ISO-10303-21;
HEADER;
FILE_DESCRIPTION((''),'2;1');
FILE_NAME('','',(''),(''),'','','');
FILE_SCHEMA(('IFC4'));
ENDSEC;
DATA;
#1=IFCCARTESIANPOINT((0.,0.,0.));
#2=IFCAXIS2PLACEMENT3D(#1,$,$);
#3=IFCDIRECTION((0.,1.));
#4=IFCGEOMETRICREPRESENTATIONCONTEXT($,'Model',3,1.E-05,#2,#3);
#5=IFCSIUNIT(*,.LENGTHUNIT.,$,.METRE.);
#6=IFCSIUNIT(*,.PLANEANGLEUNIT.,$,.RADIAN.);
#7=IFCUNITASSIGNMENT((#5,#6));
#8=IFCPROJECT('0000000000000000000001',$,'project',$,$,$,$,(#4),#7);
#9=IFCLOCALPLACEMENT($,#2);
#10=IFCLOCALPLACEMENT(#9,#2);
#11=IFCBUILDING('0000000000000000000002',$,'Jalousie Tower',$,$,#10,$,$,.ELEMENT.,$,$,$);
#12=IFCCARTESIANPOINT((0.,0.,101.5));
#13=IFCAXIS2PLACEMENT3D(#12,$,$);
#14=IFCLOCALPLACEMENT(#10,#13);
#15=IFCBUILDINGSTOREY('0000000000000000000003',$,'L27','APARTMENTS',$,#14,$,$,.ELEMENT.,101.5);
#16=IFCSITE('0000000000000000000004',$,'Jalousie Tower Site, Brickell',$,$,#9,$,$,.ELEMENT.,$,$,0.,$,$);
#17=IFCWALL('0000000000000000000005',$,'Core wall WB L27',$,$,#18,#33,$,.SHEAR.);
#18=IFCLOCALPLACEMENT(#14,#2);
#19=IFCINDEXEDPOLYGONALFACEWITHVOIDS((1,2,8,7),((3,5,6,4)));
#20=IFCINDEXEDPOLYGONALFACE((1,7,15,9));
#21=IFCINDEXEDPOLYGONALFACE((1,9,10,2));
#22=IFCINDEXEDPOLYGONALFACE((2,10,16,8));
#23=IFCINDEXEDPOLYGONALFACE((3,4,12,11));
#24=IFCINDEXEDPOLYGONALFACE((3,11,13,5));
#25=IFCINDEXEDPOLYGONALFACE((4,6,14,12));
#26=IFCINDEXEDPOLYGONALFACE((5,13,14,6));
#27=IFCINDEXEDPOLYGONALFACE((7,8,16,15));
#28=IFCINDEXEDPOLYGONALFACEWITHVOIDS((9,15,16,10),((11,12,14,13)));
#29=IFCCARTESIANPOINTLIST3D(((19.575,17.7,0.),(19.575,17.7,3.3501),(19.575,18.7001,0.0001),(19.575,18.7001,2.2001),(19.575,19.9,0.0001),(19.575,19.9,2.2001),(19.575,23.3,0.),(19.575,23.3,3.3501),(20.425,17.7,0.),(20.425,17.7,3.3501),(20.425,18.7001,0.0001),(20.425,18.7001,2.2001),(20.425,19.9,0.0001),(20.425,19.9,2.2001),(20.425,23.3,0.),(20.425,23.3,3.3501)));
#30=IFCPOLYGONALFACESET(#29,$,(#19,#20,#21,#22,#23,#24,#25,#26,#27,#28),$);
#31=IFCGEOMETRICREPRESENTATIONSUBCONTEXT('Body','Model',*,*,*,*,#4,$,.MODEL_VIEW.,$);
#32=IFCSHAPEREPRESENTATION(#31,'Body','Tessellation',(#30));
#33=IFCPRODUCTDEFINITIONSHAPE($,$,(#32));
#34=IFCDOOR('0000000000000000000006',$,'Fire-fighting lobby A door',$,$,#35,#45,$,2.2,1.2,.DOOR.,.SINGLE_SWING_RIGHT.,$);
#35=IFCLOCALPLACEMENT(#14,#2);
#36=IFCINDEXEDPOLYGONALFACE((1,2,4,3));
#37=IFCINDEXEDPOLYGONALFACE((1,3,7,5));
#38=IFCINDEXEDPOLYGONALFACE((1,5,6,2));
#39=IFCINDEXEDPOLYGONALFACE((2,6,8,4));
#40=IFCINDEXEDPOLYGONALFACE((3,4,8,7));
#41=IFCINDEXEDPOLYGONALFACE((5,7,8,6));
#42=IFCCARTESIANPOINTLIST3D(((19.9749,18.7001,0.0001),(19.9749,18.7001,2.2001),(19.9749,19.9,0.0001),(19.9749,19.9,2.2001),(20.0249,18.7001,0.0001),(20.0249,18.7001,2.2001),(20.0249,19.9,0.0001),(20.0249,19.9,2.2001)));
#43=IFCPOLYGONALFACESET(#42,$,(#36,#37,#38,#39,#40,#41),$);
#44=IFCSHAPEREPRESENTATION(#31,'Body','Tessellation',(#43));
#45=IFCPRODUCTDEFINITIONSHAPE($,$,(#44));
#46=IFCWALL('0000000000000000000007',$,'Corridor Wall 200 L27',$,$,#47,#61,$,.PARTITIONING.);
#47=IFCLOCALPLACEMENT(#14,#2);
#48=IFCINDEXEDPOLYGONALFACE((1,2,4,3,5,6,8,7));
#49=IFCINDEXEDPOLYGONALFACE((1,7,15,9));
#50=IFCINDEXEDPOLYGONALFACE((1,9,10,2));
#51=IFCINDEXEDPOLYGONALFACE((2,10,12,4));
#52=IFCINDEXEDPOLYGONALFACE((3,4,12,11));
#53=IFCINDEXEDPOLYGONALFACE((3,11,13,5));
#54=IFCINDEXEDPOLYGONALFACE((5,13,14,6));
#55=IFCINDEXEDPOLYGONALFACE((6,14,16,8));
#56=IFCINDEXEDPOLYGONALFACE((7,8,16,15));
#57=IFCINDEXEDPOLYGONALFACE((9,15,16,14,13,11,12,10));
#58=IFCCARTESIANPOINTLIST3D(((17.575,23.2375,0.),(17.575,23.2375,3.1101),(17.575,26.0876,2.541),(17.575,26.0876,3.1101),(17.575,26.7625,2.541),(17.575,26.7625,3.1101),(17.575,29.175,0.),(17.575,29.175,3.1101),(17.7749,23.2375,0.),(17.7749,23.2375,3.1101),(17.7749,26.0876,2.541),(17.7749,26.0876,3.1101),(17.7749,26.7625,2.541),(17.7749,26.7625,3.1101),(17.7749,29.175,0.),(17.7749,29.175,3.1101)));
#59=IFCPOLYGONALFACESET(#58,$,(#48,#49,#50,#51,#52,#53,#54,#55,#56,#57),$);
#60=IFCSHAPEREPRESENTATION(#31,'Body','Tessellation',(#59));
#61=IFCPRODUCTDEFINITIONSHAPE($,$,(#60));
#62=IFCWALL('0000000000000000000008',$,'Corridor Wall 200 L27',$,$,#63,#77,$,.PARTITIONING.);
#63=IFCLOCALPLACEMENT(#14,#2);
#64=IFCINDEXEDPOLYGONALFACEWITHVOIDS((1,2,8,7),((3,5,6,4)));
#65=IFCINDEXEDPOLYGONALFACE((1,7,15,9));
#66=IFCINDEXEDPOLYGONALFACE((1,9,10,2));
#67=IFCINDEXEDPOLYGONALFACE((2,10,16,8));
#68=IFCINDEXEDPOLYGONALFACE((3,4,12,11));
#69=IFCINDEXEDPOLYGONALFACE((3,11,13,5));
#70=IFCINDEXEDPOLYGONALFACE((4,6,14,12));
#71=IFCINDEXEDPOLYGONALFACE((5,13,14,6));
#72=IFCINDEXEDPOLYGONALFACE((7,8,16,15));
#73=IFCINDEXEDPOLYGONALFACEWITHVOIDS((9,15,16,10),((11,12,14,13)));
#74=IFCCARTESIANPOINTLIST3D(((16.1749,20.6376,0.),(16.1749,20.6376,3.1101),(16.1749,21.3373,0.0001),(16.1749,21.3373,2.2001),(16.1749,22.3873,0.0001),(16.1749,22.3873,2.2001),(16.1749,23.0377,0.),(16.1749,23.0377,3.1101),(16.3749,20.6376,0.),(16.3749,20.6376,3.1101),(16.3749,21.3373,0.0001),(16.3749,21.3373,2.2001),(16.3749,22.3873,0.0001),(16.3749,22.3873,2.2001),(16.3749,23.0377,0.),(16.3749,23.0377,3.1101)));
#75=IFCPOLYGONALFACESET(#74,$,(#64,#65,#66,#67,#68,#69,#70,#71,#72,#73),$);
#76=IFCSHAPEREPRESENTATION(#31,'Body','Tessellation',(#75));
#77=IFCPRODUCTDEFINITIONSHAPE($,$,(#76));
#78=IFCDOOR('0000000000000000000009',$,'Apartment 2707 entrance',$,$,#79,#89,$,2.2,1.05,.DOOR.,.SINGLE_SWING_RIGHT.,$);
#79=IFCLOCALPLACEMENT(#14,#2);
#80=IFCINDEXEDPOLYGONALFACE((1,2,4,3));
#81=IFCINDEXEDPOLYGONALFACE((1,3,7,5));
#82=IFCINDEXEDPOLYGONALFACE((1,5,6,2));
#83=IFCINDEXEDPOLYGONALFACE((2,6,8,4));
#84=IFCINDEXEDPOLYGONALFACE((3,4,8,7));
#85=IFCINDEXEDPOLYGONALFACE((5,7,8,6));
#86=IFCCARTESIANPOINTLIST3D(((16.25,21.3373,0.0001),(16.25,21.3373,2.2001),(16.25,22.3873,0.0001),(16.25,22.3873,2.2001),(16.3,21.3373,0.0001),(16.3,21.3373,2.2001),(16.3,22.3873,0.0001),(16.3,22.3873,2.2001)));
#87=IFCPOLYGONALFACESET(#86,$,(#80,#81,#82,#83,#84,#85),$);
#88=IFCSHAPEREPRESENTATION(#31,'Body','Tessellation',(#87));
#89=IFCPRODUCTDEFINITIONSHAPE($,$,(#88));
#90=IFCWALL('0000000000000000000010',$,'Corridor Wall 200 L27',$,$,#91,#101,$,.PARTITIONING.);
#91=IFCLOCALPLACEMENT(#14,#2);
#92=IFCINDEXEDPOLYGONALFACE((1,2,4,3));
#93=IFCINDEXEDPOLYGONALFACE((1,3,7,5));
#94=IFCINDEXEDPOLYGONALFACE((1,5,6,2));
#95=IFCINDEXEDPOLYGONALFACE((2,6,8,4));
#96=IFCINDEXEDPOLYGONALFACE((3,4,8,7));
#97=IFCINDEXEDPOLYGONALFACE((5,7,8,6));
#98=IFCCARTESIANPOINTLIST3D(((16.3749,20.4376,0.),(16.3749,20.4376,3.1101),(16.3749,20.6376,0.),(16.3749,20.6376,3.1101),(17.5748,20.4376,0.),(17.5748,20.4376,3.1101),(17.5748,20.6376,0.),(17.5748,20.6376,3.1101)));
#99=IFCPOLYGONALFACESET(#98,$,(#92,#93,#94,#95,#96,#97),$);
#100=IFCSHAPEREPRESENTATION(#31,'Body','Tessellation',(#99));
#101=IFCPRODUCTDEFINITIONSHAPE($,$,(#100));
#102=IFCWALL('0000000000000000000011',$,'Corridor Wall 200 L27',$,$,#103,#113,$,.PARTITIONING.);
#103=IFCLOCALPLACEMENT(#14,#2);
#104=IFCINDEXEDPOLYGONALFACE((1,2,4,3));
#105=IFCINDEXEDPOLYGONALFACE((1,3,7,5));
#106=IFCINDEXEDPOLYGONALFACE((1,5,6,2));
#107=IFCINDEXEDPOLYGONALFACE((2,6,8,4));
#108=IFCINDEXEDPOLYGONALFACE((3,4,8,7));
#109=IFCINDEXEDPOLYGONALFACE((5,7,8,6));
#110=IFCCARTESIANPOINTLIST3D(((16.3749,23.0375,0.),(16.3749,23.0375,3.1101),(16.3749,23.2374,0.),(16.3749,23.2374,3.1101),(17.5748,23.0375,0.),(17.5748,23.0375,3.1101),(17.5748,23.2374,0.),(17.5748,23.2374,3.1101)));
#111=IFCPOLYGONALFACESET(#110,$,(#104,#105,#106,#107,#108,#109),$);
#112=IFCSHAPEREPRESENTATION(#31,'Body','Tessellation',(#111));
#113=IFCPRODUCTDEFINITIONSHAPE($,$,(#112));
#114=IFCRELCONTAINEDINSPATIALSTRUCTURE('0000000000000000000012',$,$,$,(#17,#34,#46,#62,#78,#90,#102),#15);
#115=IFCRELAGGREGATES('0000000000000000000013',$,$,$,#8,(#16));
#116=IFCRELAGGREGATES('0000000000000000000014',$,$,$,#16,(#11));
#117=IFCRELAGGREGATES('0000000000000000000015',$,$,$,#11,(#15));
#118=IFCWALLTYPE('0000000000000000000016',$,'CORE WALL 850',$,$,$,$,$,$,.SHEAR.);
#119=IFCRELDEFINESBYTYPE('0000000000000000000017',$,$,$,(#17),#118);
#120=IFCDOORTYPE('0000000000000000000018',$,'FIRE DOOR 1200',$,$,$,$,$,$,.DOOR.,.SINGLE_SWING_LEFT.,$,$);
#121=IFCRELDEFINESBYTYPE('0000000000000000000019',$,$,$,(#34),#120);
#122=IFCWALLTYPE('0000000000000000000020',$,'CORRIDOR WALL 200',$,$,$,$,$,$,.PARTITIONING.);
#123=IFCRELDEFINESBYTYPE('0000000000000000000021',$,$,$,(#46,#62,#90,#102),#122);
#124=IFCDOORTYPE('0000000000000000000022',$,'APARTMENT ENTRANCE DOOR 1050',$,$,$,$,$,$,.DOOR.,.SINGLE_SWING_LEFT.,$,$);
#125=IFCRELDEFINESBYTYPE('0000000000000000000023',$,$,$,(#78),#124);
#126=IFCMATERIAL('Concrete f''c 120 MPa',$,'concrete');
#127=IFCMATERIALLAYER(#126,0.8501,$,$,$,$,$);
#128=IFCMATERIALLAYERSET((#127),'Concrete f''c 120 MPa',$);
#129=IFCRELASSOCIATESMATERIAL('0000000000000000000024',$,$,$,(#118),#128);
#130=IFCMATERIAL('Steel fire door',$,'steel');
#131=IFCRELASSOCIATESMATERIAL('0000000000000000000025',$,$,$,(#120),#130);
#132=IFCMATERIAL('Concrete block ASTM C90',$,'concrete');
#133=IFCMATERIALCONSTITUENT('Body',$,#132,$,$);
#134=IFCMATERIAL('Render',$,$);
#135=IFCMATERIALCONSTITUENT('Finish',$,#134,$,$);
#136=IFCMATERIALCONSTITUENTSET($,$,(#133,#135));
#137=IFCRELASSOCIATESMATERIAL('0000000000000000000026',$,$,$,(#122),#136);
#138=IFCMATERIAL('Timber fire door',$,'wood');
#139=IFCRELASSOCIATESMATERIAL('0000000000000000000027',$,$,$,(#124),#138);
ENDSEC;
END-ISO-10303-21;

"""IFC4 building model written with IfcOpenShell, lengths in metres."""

from ifc_helpers import new_model, si_unit, direction, frame, frame_2d, origin, place, context, subcontext, project, spatial, polyline, rectangle, outline, extrude, material, layer, layer_set, constituent, constituent_set, type_object, element, fill, save


model = new_model("IFC4")

# Units and contexts
model_context = context("Model", 3, precision=1e-05, world=origin(), true_north=direction((0.0, 1.0)))
body_context = subcontext(model_context, "Body", "Model", "MODEL_VIEW")
ifc_project = project(units=[si_unit("LENGTHUNIT", "METRE"), si_unit("PLANEANGLEUNIT", "RADIAN")], contexts=[model_context])

# Site, building, storey
site_placement = place(None, origin())
site = spatial("IfcSite", under=ifc_project, at=site_placement, Name="Jalousie Tower Site, Brickell", CompositionType="ELEMENT", RefElevation=0.0)
building_placement = place(site_placement, origin())
building = spatial("IfcBuilding", under=site, at=building_placement, Name="Jalousie Tower", CompositionType="ELEMENT")
storey_placement = place(building_placement, frame((0.0, 0.0, 101.5)))
storey = spatial("IfcBuildingStorey", under=building, at=storey_placement, Name="L27", Description="APARTMENTS", CompositionType="ELEMENT", Elevation=101.5)

# Wall, opening, door
ifc_material_1 = material(Name="Concrete f'c 120 MPa", Category="concrete")
ifc_layer_1 = layer(ifc_material_1, 0.8501)
ifc_layer_set_1 = layer_set([ifc_layer_1], Name="Concrete f'c 120 MPa")
wall_type_1 = type_object("IfcWallType", Name="CORE WALL 850", PredefinedType="SHEAR", material=ifc_layer_set_1)
wall_1_placement = place(storey_placement, frame((20.0, 23.3, 0.0), z_axis=(0.0, 0.0, 1.0), x_axis=(0.0, -1.0, 0.0)))
wall_1 = element("IfcWall", 1, at=wall_1_placement, inside=storey, type_object=wall_type_1, Name="Core wall WB L27", PredefinedType="SHEAR", context=body_context, shape_type="SweptSolid", body=[
    extrude(rectangle(XDim=5.6001, YDim=0.8501, at=frame_2d((2.8, 0.0))), origin(), (0.0, 0.0, 1.0), 3.3501),
])
opening_1_placement = place(wall_1_placement, frame((3.3999, 0.0, 0.0)))
opening_1 = element("IfcOpeningElement", 2, at=opening_1_placement, cuts=wall_1, PredefinedType="OPENING", context=body_context, shape_type="SweptSolid", body=[
    extrude(rectangle(XDim=1.2, YDim=2.2, at=frame_2d((0.6001, 1.1001))), frame((0.0, 0.4351, 0.0), z_axis=(0.0, -1.0, 0.0), x_axis=(1.0, 0.0, 0.0)), (0.0, 0.0, 1.0), 0.8701),
])
ifc_material_2 = material(Name="Steel fire door", Category="steel")
door_type_1 = type_object("IfcDoorType", Name="FIRE DOOR 1200", OperationType="SINGLE_SWING_LEFT", PredefinedType="DOOR", material=ifc_material_2)
door_1_placement = place(opening_1_placement, origin())
door_1 = element("IfcDoor", 3, at=door_1_placement, inside=storey, type_object=door_type_1, Name="Fire-fighting lobby A door", OperationType="SINGLE_SWING_RIGHT", OverallHeight=2.2, OverallWidth=1.2, PredefinedType="DOOR", context=body_context, shape_type="SweptSolid", body=[
    extrude(rectangle(XDim=1.2, YDim=2.2, at=frame_2d((0.6001, 1.1001))), frame((0.0, 0.0249, 0.0), z_axis=(0.0, -1.0, 0.0), x_axis=(1.0, 0.0, 0.0)), (0.0, 0.0, 1.0), 0.05),
])
fill(opening_1, door_1)

# Wall
ifc_material_3 = material(Name="Concrete block ASTM C90", Category="concrete")
ifc_constituent_1 = constituent(ifc_material_3, Name="Body")
ifc_material_4 = material(Name="Render")
ifc_constituent_2 = constituent(ifc_material_4, Name="Finish")
ifc_constituent_set = constituent_set(constituents=[ifc_constituent_1, ifc_constituent_2])
wall_type_2 = type_object("IfcWallType", Name="CORRIDOR WALL 200", PredefinedType="PARTITIONING", material=ifc_constituent_set)
wall_2_placement = place(storey_placement, frame((17.675, 23.2375, 0.0), z_axis=(0.0, 0.0, 1.0), x_axis=(0.0, 1.0, 0.0)))
element("IfcWall", 4, at=wall_2_placement, inside=storey, type_object=wall_type_2, Name="Corridor Wall 200 L27", PredefinedType="PARTITIONING", context=body_context, shape_type="SweptSolid", body=[
    extrude(outline(polyline([(0.0, 0.0), (5.9375, 0.0), (5.9375, 3.1101), (3.5249, 3.1101), (3.5249, 2.541), (2.8501, 2.541), (2.8501, 3.1101), (0.0, 3.1101), (0.0, 0.0)])), frame((0.0, 0.1001, 0.0), z_axis=(0.0, -1.0, 0.0), x_axis=(1.0, 0.0, 0.0)), (0.0, 0.0, 1.0), 0.2),
])

# Wall, opening, door
wall_3_placement = place(storey_placement, frame((16.2749, 20.6375, 0.0), z_axis=(0.0, 0.0, 1.0), x_axis=(0.0, 1.0, 0.0)))
wall_3 = element("IfcWall", 5, at=wall_3_placement, inside=storey, type_object=wall_type_2, Name="Corridor Wall 200 L27", PredefinedType="PARTITIONING", context=body_context, shape_type="SweptSolid", body=[
    extrude(rectangle(XDim=2.4001, YDim=0.2, at=frame_2d((1.2002, 0.0))), origin(), (0.0, 0.0, 1.0), 3.1101),
])
opening_2_placement = place(wall_3_placement, frame((0.7, 0.0, 0.0)))
opening_2 = element("IfcOpeningElement", 6, at=opening_2_placement, cuts=wall_3, PredefinedType="OPENING", context=body_context, shape_type="SweptSolid", body=[
    extrude(rectangle(XDim=1.05, YDim=2.2, at=frame_2d((0.5249, 1.1001))), frame((0.0, 0.1099, 0.0), z_axis=(0.0, -1.0, 0.0), x_axis=(1.0, 0.0, 0.0)), (0.0, 0.0, 1.0), 0.22),
])
ifc_material_5 = material(Name="Timber fire door", Category="wood")
door_type_2 = type_object("IfcDoorType", Name="APARTMENT ENTRANCE DOOR 1050", OperationType="SINGLE_SWING_LEFT", PredefinedType="DOOR", material=ifc_material_5)
door_2_placement = place(opening_2_placement, origin())
door_2 = element("IfcDoor", 7, at=door_2_placement, inside=storey, type_object=door_type_2, Name="Apartment 2707 entrance", OperationType="SINGLE_SWING_RIGHT", OverallHeight=2.2, OverallWidth=1.05, PredefinedType="DOOR", context=body_context, shape_type="SweptSolid", body=[
    extrude(rectangle(XDim=1.05, YDim=2.2, at=frame_2d((0.5249, 1.1001))), frame((0.0, 0.0249, 0.0), z_axis=(0.0, -1.0, 0.0), x_axis=(1.0, 0.0, 0.0)), (0.0, 0.0, 1.0), 0.05),
])
fill(opening_2, door_2)

# Walls
for number, where, z_axis, x_axis, name in (
    (8, (17.575, 20.5376, 0.0), (0.0, 0.0, 1.0), (-1.0, 0.0, 0.0), "Corridor Wall 200 L27"),
    (9, (17.575, 23.1375, 0.0), (0.0, 0.0, 1.0), (-1.0, 0.0, 0.0), "Corridor Wall 200 L27"),
):
    element("IfcWall", number, at=place(storey_placement, frame(where, z_axis=z_axis, x_axis=x_axis)), inside=storey, type_object=wall_type_2, Name=name, PredefinedType="PARTITIONING", context=body_context, shape_type="SweptSolid", body=[
        extrude(rectangle(XDim=1.2, YDim=0.2, at=frame_2d((0.6001, 0.0))), origin(), (0.0, 0.0, 1.0), 3.1101),
    ])

save(model, "model.ifc")
